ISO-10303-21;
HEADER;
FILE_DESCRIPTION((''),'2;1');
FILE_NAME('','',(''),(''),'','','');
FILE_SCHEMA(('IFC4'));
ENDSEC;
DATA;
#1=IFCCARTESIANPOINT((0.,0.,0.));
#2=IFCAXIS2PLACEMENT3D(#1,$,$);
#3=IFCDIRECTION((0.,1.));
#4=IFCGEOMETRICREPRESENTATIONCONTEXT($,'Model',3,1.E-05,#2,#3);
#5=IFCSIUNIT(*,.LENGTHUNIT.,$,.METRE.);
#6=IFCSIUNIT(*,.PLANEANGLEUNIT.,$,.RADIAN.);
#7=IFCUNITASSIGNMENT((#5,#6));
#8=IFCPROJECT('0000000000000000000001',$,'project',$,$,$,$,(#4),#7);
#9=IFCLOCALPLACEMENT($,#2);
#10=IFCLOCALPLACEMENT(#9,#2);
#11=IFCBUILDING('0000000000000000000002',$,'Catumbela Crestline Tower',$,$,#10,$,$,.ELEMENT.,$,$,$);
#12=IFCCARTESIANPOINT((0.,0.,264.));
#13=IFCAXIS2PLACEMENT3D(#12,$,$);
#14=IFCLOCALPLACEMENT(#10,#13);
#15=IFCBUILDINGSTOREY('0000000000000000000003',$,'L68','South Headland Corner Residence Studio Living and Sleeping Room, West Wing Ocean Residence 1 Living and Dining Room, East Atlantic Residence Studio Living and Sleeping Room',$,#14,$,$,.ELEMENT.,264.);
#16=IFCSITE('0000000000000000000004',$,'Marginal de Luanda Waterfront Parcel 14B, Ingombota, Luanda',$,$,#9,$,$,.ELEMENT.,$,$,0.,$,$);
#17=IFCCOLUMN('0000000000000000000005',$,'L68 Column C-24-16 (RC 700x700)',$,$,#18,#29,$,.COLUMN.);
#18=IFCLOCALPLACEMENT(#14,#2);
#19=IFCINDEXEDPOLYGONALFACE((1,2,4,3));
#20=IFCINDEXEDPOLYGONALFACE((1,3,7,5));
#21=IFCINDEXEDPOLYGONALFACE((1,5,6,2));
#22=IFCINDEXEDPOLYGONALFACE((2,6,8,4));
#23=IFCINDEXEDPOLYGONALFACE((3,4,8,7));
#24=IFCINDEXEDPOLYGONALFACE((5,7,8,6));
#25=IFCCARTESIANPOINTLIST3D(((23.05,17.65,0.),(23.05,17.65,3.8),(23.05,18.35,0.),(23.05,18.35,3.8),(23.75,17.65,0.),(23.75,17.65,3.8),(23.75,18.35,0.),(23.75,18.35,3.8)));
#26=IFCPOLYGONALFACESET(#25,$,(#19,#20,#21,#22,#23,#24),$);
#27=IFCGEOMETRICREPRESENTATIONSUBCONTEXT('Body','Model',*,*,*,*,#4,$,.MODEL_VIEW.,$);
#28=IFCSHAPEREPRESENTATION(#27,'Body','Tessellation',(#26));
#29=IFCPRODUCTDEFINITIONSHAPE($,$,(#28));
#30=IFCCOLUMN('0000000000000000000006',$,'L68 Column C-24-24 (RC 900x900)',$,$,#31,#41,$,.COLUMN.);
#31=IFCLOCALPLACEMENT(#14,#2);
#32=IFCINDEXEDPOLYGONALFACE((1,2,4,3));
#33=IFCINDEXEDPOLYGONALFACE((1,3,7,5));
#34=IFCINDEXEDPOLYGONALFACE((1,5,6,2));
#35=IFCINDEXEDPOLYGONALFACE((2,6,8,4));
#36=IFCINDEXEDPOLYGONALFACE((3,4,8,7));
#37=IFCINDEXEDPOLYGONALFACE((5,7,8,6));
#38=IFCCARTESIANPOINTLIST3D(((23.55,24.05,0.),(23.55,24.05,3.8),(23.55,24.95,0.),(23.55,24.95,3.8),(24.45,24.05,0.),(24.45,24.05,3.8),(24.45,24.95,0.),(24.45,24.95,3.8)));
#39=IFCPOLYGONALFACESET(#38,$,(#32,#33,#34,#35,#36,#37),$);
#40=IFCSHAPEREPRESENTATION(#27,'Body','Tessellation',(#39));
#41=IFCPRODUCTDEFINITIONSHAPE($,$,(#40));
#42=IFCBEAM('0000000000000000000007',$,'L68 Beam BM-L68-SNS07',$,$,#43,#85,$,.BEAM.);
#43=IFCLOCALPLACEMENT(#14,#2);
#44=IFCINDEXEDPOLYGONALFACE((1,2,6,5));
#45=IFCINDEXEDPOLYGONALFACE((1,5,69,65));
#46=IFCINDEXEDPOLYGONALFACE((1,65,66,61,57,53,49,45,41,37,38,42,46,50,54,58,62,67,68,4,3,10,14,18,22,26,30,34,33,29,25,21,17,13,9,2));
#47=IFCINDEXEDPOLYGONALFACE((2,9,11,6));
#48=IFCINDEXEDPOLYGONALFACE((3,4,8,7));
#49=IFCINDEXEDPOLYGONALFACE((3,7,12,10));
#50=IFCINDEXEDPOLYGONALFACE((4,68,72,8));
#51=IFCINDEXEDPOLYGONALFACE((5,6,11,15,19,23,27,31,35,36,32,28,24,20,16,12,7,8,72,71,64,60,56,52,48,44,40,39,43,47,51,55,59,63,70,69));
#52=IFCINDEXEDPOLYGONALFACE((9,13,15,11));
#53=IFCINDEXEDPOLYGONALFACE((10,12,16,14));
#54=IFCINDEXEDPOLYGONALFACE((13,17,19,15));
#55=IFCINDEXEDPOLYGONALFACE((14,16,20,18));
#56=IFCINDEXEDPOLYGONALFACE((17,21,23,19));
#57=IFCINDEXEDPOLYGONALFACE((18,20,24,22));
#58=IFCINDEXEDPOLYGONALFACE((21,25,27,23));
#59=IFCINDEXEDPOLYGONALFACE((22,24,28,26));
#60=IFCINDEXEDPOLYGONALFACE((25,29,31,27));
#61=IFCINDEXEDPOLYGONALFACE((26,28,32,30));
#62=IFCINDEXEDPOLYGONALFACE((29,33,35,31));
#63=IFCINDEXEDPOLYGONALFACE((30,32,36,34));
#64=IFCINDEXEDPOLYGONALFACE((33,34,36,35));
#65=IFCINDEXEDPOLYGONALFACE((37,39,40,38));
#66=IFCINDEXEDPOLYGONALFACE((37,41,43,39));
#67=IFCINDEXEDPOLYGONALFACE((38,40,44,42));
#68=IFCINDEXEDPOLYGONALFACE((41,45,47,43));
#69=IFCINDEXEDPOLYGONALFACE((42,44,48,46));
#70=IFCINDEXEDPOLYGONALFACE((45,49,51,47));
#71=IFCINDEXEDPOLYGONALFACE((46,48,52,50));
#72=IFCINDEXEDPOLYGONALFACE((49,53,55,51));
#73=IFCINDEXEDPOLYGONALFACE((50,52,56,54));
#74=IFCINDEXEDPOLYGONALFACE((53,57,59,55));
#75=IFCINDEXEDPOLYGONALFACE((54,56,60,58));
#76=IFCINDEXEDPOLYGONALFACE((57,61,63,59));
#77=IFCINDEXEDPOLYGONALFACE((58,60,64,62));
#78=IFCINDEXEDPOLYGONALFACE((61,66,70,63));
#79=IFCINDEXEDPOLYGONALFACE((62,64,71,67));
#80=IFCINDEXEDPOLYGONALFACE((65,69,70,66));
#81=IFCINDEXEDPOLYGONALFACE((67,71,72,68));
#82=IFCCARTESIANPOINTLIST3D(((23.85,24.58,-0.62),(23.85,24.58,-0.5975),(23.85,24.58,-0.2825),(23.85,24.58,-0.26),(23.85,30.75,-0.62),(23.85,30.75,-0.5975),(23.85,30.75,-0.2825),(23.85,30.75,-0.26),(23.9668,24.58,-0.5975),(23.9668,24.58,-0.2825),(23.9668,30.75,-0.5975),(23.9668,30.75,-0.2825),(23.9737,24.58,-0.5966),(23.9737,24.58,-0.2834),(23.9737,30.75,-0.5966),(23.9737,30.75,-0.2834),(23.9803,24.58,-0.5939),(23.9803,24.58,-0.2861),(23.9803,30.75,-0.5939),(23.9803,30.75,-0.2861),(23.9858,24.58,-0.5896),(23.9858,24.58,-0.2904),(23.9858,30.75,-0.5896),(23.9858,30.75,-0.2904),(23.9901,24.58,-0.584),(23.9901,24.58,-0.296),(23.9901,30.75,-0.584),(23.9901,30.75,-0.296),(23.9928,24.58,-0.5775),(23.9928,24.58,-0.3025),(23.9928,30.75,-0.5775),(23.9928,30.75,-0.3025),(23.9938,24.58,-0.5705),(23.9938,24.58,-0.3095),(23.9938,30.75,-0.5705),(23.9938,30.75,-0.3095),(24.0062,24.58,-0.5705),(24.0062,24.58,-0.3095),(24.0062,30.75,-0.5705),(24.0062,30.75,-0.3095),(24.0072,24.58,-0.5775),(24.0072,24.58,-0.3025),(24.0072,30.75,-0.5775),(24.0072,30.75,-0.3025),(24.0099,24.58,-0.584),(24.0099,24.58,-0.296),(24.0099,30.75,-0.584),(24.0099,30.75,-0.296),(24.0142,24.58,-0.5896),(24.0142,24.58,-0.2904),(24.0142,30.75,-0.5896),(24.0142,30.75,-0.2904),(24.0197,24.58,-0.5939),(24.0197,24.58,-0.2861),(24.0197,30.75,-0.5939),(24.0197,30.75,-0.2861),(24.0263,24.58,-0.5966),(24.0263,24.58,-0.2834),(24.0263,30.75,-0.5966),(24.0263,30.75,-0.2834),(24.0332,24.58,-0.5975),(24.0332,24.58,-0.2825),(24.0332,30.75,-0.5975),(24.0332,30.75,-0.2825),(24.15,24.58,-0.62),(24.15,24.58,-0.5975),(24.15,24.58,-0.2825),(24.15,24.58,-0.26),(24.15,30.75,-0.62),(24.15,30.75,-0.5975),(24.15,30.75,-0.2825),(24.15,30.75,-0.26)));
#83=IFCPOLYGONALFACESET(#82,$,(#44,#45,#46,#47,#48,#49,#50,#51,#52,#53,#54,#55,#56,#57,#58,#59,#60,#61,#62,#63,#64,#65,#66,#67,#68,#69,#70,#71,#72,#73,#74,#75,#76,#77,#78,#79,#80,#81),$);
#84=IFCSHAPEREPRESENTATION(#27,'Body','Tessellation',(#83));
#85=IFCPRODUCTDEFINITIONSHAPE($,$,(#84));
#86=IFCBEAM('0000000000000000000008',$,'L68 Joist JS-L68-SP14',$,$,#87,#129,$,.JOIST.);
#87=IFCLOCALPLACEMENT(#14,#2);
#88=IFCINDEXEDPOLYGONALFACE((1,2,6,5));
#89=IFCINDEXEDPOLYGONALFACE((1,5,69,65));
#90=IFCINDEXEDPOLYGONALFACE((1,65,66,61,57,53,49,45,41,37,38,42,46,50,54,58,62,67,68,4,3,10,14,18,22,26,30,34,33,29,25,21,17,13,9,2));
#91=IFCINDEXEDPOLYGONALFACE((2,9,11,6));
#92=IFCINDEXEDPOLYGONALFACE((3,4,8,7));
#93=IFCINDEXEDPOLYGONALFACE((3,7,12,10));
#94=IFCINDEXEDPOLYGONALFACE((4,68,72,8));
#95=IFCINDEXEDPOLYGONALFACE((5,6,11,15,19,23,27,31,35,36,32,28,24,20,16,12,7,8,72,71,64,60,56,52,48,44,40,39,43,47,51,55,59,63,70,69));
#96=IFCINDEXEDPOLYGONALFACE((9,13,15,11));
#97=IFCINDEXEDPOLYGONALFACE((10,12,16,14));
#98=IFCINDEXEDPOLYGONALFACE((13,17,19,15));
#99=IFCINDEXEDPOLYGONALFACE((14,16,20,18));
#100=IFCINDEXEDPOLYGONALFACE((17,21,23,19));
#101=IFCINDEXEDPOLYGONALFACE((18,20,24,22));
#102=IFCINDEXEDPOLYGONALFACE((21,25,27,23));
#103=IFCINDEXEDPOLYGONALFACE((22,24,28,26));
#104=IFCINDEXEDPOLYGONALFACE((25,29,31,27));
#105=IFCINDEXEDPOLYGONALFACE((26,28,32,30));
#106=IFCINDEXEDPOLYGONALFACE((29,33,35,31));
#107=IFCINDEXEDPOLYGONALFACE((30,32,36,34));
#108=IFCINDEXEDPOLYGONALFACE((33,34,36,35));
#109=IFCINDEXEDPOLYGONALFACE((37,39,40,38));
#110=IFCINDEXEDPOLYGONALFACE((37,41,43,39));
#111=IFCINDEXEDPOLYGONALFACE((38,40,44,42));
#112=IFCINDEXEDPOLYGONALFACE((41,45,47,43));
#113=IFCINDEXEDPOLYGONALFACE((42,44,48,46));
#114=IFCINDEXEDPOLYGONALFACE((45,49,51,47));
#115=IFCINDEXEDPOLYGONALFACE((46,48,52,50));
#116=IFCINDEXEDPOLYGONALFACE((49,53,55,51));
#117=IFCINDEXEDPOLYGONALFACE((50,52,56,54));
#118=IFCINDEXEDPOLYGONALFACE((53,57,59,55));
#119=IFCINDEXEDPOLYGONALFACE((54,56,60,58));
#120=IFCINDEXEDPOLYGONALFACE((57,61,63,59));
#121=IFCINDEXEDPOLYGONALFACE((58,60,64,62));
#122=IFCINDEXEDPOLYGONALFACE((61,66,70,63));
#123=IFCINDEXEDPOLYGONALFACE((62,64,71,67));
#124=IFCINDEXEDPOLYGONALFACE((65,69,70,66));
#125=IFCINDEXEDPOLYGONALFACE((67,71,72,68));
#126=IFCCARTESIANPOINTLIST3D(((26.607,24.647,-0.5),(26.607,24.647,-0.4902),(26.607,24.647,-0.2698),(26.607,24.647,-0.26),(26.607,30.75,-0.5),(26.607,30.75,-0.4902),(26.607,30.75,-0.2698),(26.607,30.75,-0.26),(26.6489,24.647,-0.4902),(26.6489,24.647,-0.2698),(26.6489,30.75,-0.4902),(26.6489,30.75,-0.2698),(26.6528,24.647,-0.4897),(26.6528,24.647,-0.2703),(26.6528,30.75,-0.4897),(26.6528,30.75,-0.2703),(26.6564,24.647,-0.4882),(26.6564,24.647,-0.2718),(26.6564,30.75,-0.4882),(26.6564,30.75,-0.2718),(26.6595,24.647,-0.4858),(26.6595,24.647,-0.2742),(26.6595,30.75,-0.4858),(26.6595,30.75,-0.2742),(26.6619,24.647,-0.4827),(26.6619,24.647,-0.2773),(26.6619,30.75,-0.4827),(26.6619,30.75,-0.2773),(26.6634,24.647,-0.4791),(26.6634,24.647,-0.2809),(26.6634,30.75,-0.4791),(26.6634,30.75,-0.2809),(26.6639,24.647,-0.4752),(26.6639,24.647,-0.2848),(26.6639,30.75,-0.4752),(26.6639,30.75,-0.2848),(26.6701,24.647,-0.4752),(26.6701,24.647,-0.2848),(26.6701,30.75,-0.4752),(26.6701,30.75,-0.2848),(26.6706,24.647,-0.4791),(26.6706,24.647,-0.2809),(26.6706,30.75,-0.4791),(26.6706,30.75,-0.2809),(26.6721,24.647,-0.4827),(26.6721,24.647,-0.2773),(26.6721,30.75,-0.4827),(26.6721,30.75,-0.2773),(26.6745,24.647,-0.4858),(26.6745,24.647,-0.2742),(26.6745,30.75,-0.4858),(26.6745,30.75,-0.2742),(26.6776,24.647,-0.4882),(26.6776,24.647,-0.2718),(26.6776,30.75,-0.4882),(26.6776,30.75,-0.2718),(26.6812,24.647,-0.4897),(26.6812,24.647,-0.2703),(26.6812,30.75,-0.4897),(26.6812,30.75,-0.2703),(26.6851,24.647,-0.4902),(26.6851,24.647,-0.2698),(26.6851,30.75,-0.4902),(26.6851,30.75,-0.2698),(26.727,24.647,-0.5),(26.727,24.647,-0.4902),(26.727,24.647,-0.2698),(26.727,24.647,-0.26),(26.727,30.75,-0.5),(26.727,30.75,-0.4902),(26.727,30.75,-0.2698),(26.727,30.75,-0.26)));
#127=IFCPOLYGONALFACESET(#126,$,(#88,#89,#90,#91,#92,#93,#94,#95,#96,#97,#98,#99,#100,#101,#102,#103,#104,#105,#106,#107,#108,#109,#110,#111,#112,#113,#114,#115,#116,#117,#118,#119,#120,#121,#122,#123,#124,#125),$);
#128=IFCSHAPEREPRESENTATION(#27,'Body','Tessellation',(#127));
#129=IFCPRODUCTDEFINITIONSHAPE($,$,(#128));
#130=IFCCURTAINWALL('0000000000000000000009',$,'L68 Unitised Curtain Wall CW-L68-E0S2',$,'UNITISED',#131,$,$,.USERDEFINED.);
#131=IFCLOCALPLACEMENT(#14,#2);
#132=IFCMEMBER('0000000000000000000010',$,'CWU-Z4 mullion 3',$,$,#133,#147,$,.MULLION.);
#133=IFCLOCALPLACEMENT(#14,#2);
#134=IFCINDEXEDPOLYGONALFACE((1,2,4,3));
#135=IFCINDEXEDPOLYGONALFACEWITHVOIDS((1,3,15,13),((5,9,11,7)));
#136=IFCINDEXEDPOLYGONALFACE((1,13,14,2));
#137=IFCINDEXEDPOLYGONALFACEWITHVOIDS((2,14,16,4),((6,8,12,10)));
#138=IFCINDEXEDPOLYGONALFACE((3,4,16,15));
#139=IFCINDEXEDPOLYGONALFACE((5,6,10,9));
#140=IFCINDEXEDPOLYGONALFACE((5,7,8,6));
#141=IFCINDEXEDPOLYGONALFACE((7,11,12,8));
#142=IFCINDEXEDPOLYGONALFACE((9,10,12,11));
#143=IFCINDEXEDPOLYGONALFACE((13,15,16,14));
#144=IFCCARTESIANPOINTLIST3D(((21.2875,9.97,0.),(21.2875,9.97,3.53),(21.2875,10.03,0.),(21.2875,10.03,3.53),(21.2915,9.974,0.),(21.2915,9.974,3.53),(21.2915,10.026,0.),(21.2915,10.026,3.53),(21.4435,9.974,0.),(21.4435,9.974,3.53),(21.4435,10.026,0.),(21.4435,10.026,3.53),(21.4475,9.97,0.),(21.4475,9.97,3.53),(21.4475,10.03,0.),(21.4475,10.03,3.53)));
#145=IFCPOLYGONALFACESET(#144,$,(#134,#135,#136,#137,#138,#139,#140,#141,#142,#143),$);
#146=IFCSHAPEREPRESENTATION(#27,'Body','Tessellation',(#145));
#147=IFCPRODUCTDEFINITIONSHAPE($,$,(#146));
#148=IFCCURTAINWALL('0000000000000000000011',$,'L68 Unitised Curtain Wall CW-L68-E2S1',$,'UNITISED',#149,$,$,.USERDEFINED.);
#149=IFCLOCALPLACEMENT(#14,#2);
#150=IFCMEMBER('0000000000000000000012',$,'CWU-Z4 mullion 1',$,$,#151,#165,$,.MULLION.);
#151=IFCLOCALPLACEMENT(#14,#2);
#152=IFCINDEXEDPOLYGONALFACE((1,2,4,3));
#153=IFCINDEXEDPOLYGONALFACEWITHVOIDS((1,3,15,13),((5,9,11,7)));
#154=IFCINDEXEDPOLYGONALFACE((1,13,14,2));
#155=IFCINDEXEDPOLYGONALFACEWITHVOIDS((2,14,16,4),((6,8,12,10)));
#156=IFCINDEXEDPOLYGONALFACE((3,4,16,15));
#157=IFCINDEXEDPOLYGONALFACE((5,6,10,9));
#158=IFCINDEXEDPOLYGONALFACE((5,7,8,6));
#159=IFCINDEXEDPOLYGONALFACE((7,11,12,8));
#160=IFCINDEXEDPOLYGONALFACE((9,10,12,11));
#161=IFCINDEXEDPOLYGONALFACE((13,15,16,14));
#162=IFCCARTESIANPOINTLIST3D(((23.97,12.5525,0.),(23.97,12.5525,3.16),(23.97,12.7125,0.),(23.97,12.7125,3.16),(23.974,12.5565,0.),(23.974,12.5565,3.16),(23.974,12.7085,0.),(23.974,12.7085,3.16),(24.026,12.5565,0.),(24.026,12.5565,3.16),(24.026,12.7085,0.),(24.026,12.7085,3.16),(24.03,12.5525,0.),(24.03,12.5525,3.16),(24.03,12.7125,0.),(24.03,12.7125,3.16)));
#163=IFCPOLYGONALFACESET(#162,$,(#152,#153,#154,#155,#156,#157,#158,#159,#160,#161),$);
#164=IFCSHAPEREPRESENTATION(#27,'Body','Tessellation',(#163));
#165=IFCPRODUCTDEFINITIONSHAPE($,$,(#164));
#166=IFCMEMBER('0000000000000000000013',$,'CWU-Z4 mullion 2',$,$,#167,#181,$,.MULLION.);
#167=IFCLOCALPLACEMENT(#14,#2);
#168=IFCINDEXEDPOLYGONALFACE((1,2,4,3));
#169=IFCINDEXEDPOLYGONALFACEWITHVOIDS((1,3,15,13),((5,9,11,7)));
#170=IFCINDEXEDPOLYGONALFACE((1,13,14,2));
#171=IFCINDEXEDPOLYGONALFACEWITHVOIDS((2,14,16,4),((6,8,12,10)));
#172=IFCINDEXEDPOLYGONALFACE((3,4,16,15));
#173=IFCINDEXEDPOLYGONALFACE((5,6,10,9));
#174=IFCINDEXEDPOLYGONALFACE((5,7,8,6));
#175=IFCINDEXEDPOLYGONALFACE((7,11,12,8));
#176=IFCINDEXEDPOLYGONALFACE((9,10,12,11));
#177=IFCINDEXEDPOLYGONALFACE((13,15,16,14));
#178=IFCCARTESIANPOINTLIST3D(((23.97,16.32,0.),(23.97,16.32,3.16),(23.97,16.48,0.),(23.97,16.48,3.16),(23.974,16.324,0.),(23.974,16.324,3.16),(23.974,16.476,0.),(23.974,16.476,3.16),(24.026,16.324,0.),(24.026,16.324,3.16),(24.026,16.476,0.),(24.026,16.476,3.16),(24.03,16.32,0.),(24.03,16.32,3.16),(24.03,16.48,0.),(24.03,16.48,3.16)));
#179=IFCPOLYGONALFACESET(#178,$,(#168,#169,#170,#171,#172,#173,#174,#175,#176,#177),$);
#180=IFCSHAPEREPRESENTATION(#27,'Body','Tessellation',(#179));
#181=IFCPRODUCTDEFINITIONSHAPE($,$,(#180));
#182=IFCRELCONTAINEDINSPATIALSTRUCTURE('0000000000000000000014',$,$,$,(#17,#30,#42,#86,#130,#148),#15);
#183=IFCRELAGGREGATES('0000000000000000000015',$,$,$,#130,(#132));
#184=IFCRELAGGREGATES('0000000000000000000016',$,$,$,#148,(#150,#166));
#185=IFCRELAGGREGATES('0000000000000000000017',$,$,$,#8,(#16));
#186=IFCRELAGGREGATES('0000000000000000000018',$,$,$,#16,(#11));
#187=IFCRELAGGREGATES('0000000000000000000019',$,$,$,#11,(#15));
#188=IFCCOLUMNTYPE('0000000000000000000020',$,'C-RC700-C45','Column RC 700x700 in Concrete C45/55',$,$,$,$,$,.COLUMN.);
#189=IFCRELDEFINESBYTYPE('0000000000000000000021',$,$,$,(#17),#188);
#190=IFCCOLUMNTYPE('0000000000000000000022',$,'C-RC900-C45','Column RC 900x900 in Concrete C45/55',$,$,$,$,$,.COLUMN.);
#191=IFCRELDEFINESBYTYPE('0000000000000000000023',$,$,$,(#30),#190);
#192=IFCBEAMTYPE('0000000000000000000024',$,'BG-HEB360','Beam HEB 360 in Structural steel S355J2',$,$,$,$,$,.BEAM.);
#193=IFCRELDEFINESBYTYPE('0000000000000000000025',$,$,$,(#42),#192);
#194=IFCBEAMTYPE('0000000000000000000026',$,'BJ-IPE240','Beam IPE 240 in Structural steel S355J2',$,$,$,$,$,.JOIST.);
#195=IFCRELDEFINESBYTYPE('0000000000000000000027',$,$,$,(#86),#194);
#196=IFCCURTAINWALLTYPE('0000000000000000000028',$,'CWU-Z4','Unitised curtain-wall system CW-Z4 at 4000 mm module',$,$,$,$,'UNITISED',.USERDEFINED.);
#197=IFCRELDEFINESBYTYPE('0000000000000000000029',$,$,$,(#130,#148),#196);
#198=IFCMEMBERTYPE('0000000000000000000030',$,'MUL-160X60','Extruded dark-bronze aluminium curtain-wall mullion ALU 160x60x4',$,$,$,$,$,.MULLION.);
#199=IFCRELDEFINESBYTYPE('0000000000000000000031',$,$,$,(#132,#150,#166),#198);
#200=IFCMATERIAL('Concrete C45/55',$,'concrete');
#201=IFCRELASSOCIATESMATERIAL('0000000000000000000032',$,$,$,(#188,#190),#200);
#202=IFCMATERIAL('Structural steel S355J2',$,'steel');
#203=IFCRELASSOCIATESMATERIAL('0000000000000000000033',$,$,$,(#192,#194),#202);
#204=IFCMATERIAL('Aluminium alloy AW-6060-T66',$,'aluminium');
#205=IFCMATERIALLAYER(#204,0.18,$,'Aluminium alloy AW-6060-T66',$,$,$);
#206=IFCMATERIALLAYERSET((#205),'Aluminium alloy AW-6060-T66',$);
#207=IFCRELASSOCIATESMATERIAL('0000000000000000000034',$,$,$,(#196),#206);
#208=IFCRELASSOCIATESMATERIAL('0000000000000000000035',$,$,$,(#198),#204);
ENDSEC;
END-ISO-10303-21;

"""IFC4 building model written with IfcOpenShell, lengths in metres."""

from ifc_helpers import new_model, si_unit, direction, frame, origin, origin_2d, place, context, subcontext, project, spatial, rectangle, hollow_rectangle, i_section, extrude, material, layer, layer_set, material_profile, profile_set, type_object, element, aggregate, save


model = new_model("IFC4")

# Units and contexts
model_context = context("Model", 3, precision=1e-05, world=origin(), true_north=direction((0.0, 1.0)))
body_context = subcontext(model_context, "Body", "Model", "MODEL_VIEW")
ifc_project = project(units=[si_unit("LENGTHUNIT", "METRE"), si_unit("PLANEANGLEUNIT", "RADIAN")], contexts=[model_context])

# Site, building, storey
site_placement = place(None, origin())
site = spatial("IfcSite", under=ifc_project, at=site_placement, Name="Marginal de Luanda Waterfront Parcel 14B, Ingombota, Luanda", CompositionType="ELEMENT", RefElevation=0.0)
building_placement = place(site_placement, origin())
building = spatial("IfcBuilding", under=site, at=building_placement, Name="Catumbela Crestline Tower", CompositionType="ELEMENT")
storey_placement = place(building_placement, frame((0.0, 0.0, 264.0)))
storey = spatial("IfcBuildingStorey", under=building, at=storey_placement, Name="L68", Description="South Headland Corner Residence Studio Living and Sleeping Room, West Wing Ocean Residence 1 Living and Dining Room, East Atlantic Residence Studio Living and Sleeping Room", CompositionType="ELEMENT", Elevation=264.0)

# Columns
ifc_material_1 = material(Name="Concrete C45/55", Category="concrete")
ifc_material_profile_1 = material_profile(ifc_material_1, rectangle(XDim=0.7, YDim=0.7, at=origin_2d()), Name="RC 700x700")
ifc_profile_set_1 = profile_set([ifc_material_profile_1], Name="Concrete C45/55")
column_type_1 = type_object("IfcColumnType", Name="C-RC700-C45", Description="Column RC 700x700 in Concrete C45/55", PredefinedType="COLUMN", material=ifc_profile_set_1)
column_1_placement = place(storey_placement, frame((23.4, 18.0, 0.0), z_axis=(0.0, 0.0, 1.0), x_axis=(1.0, 0.0, 0.0)))
element("IfcColumn", 1, at=column_1_placement, inside=storey, type_object=column_type_1, Name="L68 Column C-24-16 (RC 700x700)", PredefinedType="COLUMN", context=body_context, shape_type="SweptSolid", body=[
    extrude(rectangle(XDim=0.7, YDim=0.7, at=origin_2d()), origin(), (0.0, 0.0, 1.0), 3.8),
])
ifc_material_profile_2 = material_profile(ifc_material_1, rectangle(XDim=0.9, YDim=0.9, at=origin_2d()), Name="RC 900x900")
ifc_profile_set_2 = profile_set([ifc_material_profile_2], Name="Concrete C45/55")
column_type_2 = type_object("IfcColumnType", Name="C-RC900-C45", Description="Column RC 900x900 in Concrete C45/55", PredefinedType="COLUMN", material=ifc_profile_set_2)
column_2_placement = place(storey_placement, frame((24.0, 24.5, 0.0), z_axis=(0.0, 0.0, 1.0), x_axis=(1.0, 0.0, 0.0)))
element("IfcColumn", 2, at=column_2_placement, inside=storey, type_object=column_type_2, Name="L68 Column C-24-24 (RC 900x900)", PredefinedType="COLUMN", context=body_context, shape_type="SweptSolid", body=[
    extrude(rectangle(XDim=0.9, YDim=0.9, at=origin_2d()), origin(), (0.0, 0.0, 1.0), 3.8),
])

# Beams
ifc_material_2 = material(Name="Structural steel S355J2", Category="steel")
ifc_material_profile_3 = material_profile(ifc_material_2, i_section(OverallWidth=0.3, OverallDepth=0.36, WebThickness=0.0125, FlangeThickness=0.0225, FilletRadius=0.027, at=origin_2d()), Name="HEB 360")
ifc_profile_set_3 = profile_set([ifc_material_profile_3], Name="Structural steel S355J2")
beam_type_1 = type_object("IfcBeamType", Name="BG-HEB360", Description="Beam HEB 360 in Structural steel S355J2", PredefinedType="BEAM", material=ifc_profile_set_3)
beam_1_placement = place(storey_placement, frame((24.0, 24.58, -0.44), z_axis=(0.0, 1.0, 0.0), x_axis=(-1.0, 0.0, 0.0)))
element("IfcBeam", 3, at=beam_1_placement, inside=storey, type_object=beam_type_1, Name="L68 Beam BM-L68-SNS07", PredefinedType="BEAM", context=body_context, shape_type="SweptSolid", body=[
    extrude(i_section(OverallWidth=0.3, OverallDepth=0.36, WebThickness=0.0125, FlangeThickness=0.0225, FilletRadius=0.027, at=origin_2d()), origin(), (0.0, 0.0, 1.0), 6.17),
])
ifc_material_profile_4 = material_profile(ifc_material_2, i_section(OverallWidth=0.12, OverallDepth=0.24, WebThickness=0.0062, FlangeThickness=0.0098, FilletRadius=0.015, at=origin_2d()), Name="IPE 240")
ifc_profile_set_4 = profile_set([ifc_material_profile_4], Name="Structural steel S355J2")
beam_type_2 = type_object("IfcBeamType", Name="BJ-IPE240", Description="Beam IPE 240 in Structural steel S355J2", PredefinedType="JOIST", material=ifc_profile_set_4)
beam_2_placement = place(storey_placement, frame((26.667, 24.647, -0.38), z_axis=(0.0, 1.0, 0.0), x_axis=(-1.0, 0.0, 0.0)))
element("IfcBeam", 4, at=beam_2_placement, inside=storey, type_object=beam_type_2, Name="L68 Joist JS-L68-SP14", PredefinedType="JOIST", context=body_context, shape_type="SweptSolid", body=[
    extrude(i_section(OverallWidth=0.12, OverallDepth=0.24, WebThickness=0.0062, FlangeThickness=0.0098, FilletRadius=0.015, at=origin_2d()), origin(), (0.0, 0.0, 1.0), 6.103),
])

# Curtain wall, member
ifc_material_3 = material(Name="Aluminium alloy AW-6060-T66", Category="aluminium")
ifc_layer_1 = layer(ifc_material_3, 0.18, Name="Aluminium alloy AW-6060-T66")
ifc_layer_set_1 = layer_set([ifc_layer_1], Name="Aluminium alloy AW-6060-T66")
curtain_wall_type = type_object("IfcCurtainWallType", Name="CWU-Z4", Description="Unitised curtain-wall system CW-Z4 at 4000 mm module", ElementType="UNITISED", PredefinedType="USERDEFINED", material=ifc_layer_set_1)
curtain_wall_1_placement = place(storey_placement, origin())
curtain_wall_1 = element("IfcCurtainWall", 5, at=curtain_wall_1_placement, inside=storey, type_object=curtain_wall_type, Name="L68 Unitised Curtain Wall CW-L68-E0S2", ObjectType="UNITISED", PredefinedType="USERDEFINED")
ifc_material_profile_5 = material_profile(ifc_material_3, hollow_rectangle(XDim=0.06, YDim=0.16, WallThickness=0.004, at=origin_2d()), Name="ALU 160x60x4")
ifc_profile_set_5 = profile_set([ifc_material_profile_5], Name="Aluminium alloy AW-6060-T66")
member_type_1 = type_object("IfcMemberType", Name="MUL-160X60", Description="Extruded dark-bronze aluminium curtain-wall mullion ALU 160x60x4", PredefinedType="MULLION", material=ifc_profile_set_5)
member_1_placement = place(storey_placement, frame((21.3675, 10.0, 0.0), z_axis=(0.0, 0.0, 1.0), x_axis=(0.0, 1.0, 0.0)))
member_1 = element("IfcMember", 6, at=member_1_placement, type_object=member_type_1, Name="CWU-Z4 mullion 3", PredefinedType="MULLION", context=body_context, shape_type="SweptSolid", body=[
    extrude(hollow_rectangle(XDim=0.06, YDim=0.16, WallThickness=0.004, at=origin_2d()), origin(), (0.0, 0.0, 1.0), 3.53),
])
aggregate(curtain_wall_1, [member_1])

# Curtain wall, members
curtain_wall_2_placement = place(storey_placement, origin())
curtain_wall_2 = element("IfcCurtainWall", 7, at=curtain_wall_2_placement, inside=storey, type_object=curtain_wall_type, Name="L68 Unitised Curtain Wall CW-L68-E2S1", ObjectType="UNITISED", PredefinedType="USERDEFINED")
member_2_placement = place(storey_placement, frame((24.0, 12.6325, 0.0), z_axis=(0.0, 0.0, 1.0), x_axis=(-1.0, 0.0, 0.0)))
member_2 = element("IfcMember", 8, at=member_2_placement, type_object=member_type_1, Name="CWU-Z4 mullion 1", PredefinedType="MULLION", context=body_context, shape_type="SweptSolid", body=[
    extrude(hollow_rectangle(XDim=0.06, YDim=0.16, WallThickness=0.004, at=origin_2d()), origin(), (0.0, 0.0, 1.0), 3.16),
])
member_3_placement = place(storey_placement, frame((24.0, 16.4, 0.0), z_axis=(0.0, 0.0, 1.0), x_axis=(-1.0, 0.0, 0.0)))
member_3 = element("IfcMember", 9, at=member_3_placement, type_object=member_type_1, Name="CWU-Z4 mullion 2", PredefinedType="MULLION", context=body_context, shape_type="SweptSolid", body=[
    extrude(hollow_rectangle(XDim=0.06, YDim=0.16, WallThickness=0.004, at=origin_2d()), origin(), (0.0, 0.0, 1.0), 3.16),
])

aggregate(curtain_wall_2, [member_2, member_3])

save(model, "model.ifc")
